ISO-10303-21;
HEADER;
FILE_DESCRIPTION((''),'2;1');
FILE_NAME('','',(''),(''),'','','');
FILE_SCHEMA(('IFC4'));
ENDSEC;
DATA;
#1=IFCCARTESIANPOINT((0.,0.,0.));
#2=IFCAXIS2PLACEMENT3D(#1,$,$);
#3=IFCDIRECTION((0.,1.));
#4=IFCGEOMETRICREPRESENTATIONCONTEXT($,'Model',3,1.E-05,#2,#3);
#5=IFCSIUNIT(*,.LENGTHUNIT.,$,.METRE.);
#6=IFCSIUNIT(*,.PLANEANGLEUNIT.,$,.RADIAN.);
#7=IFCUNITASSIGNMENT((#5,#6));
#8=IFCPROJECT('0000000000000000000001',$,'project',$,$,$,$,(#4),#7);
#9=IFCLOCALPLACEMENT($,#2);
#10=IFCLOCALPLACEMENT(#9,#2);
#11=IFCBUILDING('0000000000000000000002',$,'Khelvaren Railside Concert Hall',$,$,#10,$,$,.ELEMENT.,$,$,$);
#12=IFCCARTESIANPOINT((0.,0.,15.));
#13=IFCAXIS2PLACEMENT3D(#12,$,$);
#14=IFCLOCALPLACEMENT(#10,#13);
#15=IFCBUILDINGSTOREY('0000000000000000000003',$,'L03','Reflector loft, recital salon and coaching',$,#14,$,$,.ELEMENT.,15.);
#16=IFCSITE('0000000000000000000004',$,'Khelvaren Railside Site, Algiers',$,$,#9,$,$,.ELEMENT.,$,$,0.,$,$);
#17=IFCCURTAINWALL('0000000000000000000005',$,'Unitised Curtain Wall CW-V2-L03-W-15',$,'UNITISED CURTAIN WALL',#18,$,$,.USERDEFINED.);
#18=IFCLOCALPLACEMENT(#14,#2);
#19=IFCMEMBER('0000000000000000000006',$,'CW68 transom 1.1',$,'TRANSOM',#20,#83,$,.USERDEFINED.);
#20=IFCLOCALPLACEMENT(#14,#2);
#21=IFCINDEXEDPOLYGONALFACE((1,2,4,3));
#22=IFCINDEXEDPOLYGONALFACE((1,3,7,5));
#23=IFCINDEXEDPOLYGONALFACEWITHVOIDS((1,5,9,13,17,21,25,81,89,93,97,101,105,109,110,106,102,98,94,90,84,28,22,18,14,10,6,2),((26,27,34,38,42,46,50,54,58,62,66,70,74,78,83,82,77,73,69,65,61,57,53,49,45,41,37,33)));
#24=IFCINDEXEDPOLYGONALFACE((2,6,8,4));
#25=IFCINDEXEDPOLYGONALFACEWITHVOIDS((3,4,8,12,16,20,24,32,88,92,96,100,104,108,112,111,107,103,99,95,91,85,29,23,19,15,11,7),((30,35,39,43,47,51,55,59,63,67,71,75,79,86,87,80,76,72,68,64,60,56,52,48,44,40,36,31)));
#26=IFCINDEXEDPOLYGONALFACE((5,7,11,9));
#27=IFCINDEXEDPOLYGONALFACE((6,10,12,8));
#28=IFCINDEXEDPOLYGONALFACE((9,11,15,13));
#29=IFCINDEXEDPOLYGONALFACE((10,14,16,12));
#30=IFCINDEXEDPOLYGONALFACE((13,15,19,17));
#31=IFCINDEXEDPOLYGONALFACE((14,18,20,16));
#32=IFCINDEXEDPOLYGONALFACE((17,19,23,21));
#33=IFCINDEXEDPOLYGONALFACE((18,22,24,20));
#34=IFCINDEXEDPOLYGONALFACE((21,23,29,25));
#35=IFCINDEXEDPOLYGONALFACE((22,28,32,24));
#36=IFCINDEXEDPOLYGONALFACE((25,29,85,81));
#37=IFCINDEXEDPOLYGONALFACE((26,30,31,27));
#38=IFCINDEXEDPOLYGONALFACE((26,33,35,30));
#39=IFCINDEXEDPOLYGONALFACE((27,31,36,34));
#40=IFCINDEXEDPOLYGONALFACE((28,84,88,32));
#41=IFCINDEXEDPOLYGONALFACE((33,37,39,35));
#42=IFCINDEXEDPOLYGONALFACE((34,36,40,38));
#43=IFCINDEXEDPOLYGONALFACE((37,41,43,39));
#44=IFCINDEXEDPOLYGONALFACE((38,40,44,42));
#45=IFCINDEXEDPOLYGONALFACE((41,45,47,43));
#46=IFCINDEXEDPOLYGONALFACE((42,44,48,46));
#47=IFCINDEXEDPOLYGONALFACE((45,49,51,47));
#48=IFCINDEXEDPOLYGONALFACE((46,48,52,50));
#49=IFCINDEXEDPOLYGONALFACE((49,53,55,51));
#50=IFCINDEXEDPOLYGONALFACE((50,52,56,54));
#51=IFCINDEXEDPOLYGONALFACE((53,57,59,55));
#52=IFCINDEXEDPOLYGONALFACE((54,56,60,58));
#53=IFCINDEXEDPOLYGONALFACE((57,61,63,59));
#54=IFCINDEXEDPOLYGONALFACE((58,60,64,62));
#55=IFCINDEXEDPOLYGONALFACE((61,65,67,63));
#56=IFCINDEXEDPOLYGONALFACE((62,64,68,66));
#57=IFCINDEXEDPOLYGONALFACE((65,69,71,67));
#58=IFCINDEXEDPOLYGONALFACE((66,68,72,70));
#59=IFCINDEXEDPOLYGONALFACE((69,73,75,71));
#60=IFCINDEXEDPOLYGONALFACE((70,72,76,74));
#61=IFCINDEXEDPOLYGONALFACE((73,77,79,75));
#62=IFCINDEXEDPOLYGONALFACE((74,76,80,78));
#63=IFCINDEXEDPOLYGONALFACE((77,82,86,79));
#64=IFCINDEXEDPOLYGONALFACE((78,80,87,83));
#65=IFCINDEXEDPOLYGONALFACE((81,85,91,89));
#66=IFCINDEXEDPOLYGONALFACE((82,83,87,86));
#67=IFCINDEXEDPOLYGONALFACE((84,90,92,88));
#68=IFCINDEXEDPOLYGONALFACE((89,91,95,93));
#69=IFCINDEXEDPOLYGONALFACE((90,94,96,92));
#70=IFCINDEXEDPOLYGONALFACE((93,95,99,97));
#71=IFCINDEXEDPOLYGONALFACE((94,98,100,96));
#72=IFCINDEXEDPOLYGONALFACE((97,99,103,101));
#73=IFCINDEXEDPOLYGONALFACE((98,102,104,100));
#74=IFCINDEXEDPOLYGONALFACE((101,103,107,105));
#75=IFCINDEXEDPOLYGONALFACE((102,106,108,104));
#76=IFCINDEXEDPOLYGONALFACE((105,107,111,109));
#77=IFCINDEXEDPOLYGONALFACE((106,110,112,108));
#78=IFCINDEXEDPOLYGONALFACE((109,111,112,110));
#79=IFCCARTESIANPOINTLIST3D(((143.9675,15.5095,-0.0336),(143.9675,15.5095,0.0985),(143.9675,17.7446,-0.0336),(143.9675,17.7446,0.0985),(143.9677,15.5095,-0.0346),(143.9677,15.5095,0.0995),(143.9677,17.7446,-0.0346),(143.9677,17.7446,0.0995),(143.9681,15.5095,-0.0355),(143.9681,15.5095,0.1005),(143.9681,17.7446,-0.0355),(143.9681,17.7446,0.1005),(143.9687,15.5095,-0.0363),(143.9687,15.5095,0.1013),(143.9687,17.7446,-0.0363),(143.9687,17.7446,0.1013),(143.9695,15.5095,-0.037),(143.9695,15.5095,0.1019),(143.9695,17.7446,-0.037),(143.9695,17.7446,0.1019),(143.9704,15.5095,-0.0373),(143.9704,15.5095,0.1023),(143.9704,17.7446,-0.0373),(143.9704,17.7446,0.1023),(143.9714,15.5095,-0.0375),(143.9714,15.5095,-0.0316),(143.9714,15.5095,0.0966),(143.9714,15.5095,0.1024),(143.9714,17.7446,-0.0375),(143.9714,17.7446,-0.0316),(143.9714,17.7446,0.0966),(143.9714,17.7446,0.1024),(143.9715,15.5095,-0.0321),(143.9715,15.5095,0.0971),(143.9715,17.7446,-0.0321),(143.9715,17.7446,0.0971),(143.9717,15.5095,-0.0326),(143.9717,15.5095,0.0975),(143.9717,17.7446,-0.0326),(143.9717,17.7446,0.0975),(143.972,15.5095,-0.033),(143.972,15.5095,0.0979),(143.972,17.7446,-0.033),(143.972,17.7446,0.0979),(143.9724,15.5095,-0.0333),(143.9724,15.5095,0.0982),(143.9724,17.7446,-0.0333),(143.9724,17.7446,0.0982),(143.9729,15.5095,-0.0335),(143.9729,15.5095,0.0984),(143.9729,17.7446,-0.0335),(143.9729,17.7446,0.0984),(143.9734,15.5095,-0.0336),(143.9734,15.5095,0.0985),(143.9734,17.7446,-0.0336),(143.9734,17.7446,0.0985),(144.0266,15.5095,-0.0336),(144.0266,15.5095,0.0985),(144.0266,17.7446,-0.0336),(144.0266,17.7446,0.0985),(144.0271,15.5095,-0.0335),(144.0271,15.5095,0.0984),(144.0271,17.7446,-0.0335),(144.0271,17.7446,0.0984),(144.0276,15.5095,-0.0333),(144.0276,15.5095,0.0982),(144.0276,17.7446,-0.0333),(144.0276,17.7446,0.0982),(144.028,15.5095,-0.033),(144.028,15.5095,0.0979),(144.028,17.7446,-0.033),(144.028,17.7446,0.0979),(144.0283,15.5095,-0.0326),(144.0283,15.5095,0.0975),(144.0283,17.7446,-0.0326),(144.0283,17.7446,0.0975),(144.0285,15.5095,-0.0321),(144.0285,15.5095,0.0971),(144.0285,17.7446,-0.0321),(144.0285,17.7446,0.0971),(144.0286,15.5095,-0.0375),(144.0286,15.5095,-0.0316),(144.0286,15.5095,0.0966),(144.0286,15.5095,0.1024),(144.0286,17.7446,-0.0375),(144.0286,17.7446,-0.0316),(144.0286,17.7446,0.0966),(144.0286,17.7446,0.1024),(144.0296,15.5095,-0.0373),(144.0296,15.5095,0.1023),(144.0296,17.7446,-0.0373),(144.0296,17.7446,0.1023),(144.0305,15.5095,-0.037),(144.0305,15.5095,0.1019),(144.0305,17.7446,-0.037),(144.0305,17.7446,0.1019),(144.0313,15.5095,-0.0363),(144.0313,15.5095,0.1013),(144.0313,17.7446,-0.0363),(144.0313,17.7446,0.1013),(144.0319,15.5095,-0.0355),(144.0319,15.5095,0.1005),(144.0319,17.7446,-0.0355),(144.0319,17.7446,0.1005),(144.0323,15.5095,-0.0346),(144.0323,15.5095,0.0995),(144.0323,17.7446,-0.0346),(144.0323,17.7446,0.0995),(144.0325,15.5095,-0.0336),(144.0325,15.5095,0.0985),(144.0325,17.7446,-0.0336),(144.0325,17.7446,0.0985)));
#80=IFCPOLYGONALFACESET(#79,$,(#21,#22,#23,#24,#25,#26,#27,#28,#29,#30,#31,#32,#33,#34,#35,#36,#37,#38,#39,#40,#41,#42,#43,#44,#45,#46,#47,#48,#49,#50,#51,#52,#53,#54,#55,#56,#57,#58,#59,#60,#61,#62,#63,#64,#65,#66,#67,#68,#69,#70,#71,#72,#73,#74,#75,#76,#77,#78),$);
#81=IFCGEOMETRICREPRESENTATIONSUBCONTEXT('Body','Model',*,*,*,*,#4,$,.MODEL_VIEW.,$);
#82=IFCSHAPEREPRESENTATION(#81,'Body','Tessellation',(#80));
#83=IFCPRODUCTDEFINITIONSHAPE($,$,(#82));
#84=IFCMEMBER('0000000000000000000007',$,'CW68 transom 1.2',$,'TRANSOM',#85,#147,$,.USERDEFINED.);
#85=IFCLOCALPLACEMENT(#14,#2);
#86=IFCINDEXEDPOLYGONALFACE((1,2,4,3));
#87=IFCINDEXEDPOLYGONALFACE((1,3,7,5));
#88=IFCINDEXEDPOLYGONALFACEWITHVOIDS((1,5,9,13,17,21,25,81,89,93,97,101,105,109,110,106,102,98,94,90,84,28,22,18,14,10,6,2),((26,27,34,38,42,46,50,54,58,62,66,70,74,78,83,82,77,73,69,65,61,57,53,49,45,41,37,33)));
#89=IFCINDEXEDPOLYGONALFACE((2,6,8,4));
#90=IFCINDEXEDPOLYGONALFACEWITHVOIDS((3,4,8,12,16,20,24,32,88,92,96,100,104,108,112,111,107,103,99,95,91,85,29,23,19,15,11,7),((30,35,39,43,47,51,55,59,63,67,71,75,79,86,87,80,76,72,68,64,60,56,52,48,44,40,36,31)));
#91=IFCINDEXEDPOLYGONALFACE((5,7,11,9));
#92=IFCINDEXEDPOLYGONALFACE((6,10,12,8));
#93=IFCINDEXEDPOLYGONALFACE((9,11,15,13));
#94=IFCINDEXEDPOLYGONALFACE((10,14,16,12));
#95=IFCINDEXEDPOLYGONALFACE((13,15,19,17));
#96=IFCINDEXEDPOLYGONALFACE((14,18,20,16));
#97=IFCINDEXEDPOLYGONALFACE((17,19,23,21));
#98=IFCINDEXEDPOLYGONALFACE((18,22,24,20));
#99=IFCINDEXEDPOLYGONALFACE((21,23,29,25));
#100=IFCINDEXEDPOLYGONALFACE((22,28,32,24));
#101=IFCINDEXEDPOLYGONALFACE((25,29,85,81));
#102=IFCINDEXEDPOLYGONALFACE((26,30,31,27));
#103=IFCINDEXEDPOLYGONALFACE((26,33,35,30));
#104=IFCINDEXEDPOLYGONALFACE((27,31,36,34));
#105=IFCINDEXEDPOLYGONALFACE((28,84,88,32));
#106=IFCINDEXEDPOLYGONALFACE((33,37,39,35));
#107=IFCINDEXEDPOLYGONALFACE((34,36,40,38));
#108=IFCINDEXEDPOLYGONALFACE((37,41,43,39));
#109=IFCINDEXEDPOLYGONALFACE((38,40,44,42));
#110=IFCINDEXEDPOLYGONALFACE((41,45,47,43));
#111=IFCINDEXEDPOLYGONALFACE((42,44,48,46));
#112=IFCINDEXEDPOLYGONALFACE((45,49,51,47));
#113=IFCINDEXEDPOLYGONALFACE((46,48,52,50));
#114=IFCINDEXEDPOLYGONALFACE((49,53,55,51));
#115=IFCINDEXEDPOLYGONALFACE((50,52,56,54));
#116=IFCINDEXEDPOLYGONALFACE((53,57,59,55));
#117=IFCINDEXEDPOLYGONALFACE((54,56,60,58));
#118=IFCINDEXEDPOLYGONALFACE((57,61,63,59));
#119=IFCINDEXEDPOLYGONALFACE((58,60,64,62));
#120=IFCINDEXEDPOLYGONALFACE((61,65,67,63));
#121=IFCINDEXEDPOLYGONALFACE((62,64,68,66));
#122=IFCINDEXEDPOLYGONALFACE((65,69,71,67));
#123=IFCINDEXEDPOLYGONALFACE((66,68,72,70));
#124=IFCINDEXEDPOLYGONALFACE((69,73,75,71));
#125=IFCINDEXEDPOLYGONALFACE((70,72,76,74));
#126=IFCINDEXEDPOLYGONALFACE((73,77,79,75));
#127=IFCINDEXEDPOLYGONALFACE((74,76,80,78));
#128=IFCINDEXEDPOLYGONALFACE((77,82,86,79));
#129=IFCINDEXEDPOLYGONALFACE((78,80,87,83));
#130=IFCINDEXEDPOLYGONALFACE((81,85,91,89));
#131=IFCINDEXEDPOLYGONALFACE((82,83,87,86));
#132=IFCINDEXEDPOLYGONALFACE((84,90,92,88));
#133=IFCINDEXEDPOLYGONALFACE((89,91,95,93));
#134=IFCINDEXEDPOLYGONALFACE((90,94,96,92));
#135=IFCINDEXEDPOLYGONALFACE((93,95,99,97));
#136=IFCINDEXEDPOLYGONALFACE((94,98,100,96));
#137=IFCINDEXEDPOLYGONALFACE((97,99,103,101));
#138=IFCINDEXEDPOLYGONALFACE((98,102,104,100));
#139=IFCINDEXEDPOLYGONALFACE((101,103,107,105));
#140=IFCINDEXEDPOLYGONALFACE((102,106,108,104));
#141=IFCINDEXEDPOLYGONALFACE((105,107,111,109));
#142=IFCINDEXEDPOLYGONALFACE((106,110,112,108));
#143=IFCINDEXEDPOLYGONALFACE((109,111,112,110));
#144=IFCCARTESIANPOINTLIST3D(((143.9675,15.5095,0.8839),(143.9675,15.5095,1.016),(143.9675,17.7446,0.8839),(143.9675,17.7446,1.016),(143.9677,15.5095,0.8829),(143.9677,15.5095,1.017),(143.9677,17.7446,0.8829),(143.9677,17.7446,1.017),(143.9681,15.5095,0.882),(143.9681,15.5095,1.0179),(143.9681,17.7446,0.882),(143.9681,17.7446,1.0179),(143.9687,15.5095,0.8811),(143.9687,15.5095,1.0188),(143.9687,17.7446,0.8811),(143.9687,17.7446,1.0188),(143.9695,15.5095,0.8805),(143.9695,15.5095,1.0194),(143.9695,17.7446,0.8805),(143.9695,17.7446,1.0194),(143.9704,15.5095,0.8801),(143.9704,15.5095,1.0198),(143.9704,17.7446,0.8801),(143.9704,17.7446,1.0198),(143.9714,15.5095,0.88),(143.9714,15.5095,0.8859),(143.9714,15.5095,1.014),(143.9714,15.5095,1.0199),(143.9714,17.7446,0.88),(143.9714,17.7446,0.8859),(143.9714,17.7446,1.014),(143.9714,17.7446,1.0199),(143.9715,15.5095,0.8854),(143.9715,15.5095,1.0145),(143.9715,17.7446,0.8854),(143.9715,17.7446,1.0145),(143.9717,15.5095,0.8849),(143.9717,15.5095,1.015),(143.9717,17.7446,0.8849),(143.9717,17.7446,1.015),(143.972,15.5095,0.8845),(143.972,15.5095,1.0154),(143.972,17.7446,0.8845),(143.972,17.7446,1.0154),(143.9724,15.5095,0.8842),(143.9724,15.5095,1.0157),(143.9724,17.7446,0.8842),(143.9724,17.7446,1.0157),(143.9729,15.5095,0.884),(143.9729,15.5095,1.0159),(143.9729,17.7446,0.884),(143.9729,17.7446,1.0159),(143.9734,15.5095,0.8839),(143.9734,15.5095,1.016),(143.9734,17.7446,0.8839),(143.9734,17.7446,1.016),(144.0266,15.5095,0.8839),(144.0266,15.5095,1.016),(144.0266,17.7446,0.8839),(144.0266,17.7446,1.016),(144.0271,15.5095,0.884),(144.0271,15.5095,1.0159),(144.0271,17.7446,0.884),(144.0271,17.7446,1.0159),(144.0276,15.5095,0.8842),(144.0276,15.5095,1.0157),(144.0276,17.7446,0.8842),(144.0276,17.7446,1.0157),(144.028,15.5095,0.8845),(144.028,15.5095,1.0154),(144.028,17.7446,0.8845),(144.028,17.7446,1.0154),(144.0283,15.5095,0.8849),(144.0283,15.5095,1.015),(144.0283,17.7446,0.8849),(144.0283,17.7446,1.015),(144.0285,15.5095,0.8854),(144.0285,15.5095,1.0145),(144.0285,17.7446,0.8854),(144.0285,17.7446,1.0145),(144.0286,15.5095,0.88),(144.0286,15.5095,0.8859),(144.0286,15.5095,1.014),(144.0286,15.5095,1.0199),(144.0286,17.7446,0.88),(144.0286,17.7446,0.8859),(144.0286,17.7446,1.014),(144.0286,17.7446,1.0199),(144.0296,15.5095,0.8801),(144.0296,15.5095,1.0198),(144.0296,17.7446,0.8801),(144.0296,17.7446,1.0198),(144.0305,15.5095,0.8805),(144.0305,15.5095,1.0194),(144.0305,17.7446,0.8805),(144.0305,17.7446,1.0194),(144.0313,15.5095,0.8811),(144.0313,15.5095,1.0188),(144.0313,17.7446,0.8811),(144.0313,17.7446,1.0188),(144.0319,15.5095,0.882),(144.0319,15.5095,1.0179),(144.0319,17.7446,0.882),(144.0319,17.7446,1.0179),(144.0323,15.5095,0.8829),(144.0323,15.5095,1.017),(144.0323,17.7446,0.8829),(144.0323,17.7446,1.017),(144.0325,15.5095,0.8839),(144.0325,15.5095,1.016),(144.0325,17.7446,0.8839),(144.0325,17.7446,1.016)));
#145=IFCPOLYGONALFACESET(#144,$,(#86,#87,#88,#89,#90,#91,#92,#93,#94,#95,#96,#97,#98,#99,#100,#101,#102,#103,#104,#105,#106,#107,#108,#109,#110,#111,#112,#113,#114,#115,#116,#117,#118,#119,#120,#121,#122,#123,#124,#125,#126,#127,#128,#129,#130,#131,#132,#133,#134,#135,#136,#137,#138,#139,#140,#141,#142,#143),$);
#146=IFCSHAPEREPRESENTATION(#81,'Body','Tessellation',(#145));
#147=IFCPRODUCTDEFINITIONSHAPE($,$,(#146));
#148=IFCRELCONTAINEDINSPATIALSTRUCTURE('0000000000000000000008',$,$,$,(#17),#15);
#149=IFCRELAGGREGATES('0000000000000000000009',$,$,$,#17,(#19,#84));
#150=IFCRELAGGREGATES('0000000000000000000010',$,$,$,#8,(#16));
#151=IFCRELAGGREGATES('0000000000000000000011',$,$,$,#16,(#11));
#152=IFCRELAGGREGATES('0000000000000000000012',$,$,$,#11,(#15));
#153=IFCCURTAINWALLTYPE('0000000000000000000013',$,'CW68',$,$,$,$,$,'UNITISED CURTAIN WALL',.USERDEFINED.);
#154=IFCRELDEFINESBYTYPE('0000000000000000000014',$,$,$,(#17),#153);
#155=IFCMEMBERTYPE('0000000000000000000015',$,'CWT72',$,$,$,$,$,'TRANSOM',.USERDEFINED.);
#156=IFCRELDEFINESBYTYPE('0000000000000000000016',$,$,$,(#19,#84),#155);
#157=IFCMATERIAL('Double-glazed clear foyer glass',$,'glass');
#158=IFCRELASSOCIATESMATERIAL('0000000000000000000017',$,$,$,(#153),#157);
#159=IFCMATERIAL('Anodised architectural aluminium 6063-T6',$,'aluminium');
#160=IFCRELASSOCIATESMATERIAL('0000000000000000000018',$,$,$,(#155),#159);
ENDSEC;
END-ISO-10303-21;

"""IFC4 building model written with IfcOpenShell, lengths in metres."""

from ifc_helpers import new_model, si_unit, direction, frame, origin, origin_2d, place, context, subcontext, project, spatial, hollow_rectangle, extrude, material, material_profile, profile_set, type_object, element, aggregate, save


model = new_model("IFC4")

# Units and contexts
model_context = context("Model", 3, precision=1e-05, world=origin(), true_north=direction((0.0, 1.0)))
body_context = subcontext(model_context, "Body", "Model", "MODEL_VIEW")
ifc_project = project(units=[si_unit("LENGTHUNIT", "METRE"), si_unit("PLANEANGLEUNIT", "RADIAN")], contexts=[model_context])

# Site, building, storey
site_placement = place(None, origin())
site = spatial("IfcSite", under=ifc_project, at=site_placement, Name="Khelvaren Railside Site, Algiers", CompositionType="ELEMENT", RefElevation=0.0)
building_placement = place(site_placement, origin())
building = spatial("IfcBuilding", under=site, at=building_placement, Name="Khelvaren Railside Concert Hall", CompositionType="ELEMENT")
storey_placement = place(building_placement, frame((0.0, 0.0, 15.0)))
storey = spatial("IfcBuildingStorey", under=building, at=storey_placement, Name="L03", Description="Reflector loft, recital salon and coaching", CompositionType="ELEMENT", Elevation=15.0)

# Curtain wall
ifc_material_1 = material(Name="Double-glazed clear foyer glass", Category="glass")
curtain_wall_type_1 = type_object("IfcCurtainWallType", Name="CW68", ElementType="UNITISED CURTAIN WALL", PredefinedType="USERDEFINED", material=ifc_material_1)
curtain_wall_1_placement = place(storey_placement, origin())
curtain_wall_1 = element("IfcCurtainWall", 1, at=curtain_wall_1_placement, inside=storey, type_object=curtain_wall_type_1, Name="Unitised Curtain Wall CW-V2-L03-W-15", ObjectType="UNITISED CURTAIN WALL", PredefinedType="USERDEFINED")
ifc_material_2 = material(Name="Anodised architectural aluminium 6063-T6", Category="aluminium")

# Members
ifc_material_profile_1 = material_profile(ifc_material_2, hollow_rectangle(XDim=0.0649, YDim=0.1399, WallThickness=0.0039, InnerFilletRadius=0.002, OuterFilletRadius=0.0039, at=origin_2d()), Name="CWT 65x140x4")
ifc_profile_set_1 = profile_set([ifc_material_profile_1], Name="Anodised architectural aluminium 6063-T6")
member_type_1 = type_object("IfcMemberType", Name="CWT72", ElementType="TRANSOM", PredefinedType="USERDEFINED", material=ifc_profile_set_1)
member_1_placement = place(storey_placement, frame((144.0, 15.5095, 0.0325), z_axis=(0.0, 1.0, 0.0), x_axis=(-1.0, 0.0, 0.0)))
member_1 = element("IfcMember", 2, at=member_1_placement, type_object=member_type_1, Name="CW68 transom 1.1", ObjectType="TRANSOM", PredefinedType="USERDEFINED", context=body_context, shape_type="SweptSolid", body=[
    extrude(hollow_rectangle(XDim=0.0649, YDim=0.1399, WallThickness=0.0039, InnerFilletRadius=0.002, OuterFilletRadius=0.0039, at=origin_2d()), origin(), (0.0, 0.0, 1.0), 2.2351),
])
member_2_placement = place(storey_placement, frame((144.0, 15.5095, 0.95), z_axis=(0.0, 1.0, 0.0), x_axis=(-1.0, 0.0, 0.0)))
member_2 = element("IfcMember", 3, at=member_2_placement, type_object=member_type_1, Name="CW68 transom 1.2", ObjectType="TRANSOM", PredefinedType="USERDEFINED", context=body_context, shape_type="SweptSolid", body=[
    extrude(hollow_rectangle(XDim=0.0649, YDim=0.1399, WallThickness=0.0039, InnerFilletRadius=0.002, OuterFilletRadius=0.0039, at=origin_2d()), origin(), (0.0, 0.0, 1.0), 2.2351),
])

aggregate(curtain_wall_1, [member_1, member_2])

save(model, "model.ifc")
